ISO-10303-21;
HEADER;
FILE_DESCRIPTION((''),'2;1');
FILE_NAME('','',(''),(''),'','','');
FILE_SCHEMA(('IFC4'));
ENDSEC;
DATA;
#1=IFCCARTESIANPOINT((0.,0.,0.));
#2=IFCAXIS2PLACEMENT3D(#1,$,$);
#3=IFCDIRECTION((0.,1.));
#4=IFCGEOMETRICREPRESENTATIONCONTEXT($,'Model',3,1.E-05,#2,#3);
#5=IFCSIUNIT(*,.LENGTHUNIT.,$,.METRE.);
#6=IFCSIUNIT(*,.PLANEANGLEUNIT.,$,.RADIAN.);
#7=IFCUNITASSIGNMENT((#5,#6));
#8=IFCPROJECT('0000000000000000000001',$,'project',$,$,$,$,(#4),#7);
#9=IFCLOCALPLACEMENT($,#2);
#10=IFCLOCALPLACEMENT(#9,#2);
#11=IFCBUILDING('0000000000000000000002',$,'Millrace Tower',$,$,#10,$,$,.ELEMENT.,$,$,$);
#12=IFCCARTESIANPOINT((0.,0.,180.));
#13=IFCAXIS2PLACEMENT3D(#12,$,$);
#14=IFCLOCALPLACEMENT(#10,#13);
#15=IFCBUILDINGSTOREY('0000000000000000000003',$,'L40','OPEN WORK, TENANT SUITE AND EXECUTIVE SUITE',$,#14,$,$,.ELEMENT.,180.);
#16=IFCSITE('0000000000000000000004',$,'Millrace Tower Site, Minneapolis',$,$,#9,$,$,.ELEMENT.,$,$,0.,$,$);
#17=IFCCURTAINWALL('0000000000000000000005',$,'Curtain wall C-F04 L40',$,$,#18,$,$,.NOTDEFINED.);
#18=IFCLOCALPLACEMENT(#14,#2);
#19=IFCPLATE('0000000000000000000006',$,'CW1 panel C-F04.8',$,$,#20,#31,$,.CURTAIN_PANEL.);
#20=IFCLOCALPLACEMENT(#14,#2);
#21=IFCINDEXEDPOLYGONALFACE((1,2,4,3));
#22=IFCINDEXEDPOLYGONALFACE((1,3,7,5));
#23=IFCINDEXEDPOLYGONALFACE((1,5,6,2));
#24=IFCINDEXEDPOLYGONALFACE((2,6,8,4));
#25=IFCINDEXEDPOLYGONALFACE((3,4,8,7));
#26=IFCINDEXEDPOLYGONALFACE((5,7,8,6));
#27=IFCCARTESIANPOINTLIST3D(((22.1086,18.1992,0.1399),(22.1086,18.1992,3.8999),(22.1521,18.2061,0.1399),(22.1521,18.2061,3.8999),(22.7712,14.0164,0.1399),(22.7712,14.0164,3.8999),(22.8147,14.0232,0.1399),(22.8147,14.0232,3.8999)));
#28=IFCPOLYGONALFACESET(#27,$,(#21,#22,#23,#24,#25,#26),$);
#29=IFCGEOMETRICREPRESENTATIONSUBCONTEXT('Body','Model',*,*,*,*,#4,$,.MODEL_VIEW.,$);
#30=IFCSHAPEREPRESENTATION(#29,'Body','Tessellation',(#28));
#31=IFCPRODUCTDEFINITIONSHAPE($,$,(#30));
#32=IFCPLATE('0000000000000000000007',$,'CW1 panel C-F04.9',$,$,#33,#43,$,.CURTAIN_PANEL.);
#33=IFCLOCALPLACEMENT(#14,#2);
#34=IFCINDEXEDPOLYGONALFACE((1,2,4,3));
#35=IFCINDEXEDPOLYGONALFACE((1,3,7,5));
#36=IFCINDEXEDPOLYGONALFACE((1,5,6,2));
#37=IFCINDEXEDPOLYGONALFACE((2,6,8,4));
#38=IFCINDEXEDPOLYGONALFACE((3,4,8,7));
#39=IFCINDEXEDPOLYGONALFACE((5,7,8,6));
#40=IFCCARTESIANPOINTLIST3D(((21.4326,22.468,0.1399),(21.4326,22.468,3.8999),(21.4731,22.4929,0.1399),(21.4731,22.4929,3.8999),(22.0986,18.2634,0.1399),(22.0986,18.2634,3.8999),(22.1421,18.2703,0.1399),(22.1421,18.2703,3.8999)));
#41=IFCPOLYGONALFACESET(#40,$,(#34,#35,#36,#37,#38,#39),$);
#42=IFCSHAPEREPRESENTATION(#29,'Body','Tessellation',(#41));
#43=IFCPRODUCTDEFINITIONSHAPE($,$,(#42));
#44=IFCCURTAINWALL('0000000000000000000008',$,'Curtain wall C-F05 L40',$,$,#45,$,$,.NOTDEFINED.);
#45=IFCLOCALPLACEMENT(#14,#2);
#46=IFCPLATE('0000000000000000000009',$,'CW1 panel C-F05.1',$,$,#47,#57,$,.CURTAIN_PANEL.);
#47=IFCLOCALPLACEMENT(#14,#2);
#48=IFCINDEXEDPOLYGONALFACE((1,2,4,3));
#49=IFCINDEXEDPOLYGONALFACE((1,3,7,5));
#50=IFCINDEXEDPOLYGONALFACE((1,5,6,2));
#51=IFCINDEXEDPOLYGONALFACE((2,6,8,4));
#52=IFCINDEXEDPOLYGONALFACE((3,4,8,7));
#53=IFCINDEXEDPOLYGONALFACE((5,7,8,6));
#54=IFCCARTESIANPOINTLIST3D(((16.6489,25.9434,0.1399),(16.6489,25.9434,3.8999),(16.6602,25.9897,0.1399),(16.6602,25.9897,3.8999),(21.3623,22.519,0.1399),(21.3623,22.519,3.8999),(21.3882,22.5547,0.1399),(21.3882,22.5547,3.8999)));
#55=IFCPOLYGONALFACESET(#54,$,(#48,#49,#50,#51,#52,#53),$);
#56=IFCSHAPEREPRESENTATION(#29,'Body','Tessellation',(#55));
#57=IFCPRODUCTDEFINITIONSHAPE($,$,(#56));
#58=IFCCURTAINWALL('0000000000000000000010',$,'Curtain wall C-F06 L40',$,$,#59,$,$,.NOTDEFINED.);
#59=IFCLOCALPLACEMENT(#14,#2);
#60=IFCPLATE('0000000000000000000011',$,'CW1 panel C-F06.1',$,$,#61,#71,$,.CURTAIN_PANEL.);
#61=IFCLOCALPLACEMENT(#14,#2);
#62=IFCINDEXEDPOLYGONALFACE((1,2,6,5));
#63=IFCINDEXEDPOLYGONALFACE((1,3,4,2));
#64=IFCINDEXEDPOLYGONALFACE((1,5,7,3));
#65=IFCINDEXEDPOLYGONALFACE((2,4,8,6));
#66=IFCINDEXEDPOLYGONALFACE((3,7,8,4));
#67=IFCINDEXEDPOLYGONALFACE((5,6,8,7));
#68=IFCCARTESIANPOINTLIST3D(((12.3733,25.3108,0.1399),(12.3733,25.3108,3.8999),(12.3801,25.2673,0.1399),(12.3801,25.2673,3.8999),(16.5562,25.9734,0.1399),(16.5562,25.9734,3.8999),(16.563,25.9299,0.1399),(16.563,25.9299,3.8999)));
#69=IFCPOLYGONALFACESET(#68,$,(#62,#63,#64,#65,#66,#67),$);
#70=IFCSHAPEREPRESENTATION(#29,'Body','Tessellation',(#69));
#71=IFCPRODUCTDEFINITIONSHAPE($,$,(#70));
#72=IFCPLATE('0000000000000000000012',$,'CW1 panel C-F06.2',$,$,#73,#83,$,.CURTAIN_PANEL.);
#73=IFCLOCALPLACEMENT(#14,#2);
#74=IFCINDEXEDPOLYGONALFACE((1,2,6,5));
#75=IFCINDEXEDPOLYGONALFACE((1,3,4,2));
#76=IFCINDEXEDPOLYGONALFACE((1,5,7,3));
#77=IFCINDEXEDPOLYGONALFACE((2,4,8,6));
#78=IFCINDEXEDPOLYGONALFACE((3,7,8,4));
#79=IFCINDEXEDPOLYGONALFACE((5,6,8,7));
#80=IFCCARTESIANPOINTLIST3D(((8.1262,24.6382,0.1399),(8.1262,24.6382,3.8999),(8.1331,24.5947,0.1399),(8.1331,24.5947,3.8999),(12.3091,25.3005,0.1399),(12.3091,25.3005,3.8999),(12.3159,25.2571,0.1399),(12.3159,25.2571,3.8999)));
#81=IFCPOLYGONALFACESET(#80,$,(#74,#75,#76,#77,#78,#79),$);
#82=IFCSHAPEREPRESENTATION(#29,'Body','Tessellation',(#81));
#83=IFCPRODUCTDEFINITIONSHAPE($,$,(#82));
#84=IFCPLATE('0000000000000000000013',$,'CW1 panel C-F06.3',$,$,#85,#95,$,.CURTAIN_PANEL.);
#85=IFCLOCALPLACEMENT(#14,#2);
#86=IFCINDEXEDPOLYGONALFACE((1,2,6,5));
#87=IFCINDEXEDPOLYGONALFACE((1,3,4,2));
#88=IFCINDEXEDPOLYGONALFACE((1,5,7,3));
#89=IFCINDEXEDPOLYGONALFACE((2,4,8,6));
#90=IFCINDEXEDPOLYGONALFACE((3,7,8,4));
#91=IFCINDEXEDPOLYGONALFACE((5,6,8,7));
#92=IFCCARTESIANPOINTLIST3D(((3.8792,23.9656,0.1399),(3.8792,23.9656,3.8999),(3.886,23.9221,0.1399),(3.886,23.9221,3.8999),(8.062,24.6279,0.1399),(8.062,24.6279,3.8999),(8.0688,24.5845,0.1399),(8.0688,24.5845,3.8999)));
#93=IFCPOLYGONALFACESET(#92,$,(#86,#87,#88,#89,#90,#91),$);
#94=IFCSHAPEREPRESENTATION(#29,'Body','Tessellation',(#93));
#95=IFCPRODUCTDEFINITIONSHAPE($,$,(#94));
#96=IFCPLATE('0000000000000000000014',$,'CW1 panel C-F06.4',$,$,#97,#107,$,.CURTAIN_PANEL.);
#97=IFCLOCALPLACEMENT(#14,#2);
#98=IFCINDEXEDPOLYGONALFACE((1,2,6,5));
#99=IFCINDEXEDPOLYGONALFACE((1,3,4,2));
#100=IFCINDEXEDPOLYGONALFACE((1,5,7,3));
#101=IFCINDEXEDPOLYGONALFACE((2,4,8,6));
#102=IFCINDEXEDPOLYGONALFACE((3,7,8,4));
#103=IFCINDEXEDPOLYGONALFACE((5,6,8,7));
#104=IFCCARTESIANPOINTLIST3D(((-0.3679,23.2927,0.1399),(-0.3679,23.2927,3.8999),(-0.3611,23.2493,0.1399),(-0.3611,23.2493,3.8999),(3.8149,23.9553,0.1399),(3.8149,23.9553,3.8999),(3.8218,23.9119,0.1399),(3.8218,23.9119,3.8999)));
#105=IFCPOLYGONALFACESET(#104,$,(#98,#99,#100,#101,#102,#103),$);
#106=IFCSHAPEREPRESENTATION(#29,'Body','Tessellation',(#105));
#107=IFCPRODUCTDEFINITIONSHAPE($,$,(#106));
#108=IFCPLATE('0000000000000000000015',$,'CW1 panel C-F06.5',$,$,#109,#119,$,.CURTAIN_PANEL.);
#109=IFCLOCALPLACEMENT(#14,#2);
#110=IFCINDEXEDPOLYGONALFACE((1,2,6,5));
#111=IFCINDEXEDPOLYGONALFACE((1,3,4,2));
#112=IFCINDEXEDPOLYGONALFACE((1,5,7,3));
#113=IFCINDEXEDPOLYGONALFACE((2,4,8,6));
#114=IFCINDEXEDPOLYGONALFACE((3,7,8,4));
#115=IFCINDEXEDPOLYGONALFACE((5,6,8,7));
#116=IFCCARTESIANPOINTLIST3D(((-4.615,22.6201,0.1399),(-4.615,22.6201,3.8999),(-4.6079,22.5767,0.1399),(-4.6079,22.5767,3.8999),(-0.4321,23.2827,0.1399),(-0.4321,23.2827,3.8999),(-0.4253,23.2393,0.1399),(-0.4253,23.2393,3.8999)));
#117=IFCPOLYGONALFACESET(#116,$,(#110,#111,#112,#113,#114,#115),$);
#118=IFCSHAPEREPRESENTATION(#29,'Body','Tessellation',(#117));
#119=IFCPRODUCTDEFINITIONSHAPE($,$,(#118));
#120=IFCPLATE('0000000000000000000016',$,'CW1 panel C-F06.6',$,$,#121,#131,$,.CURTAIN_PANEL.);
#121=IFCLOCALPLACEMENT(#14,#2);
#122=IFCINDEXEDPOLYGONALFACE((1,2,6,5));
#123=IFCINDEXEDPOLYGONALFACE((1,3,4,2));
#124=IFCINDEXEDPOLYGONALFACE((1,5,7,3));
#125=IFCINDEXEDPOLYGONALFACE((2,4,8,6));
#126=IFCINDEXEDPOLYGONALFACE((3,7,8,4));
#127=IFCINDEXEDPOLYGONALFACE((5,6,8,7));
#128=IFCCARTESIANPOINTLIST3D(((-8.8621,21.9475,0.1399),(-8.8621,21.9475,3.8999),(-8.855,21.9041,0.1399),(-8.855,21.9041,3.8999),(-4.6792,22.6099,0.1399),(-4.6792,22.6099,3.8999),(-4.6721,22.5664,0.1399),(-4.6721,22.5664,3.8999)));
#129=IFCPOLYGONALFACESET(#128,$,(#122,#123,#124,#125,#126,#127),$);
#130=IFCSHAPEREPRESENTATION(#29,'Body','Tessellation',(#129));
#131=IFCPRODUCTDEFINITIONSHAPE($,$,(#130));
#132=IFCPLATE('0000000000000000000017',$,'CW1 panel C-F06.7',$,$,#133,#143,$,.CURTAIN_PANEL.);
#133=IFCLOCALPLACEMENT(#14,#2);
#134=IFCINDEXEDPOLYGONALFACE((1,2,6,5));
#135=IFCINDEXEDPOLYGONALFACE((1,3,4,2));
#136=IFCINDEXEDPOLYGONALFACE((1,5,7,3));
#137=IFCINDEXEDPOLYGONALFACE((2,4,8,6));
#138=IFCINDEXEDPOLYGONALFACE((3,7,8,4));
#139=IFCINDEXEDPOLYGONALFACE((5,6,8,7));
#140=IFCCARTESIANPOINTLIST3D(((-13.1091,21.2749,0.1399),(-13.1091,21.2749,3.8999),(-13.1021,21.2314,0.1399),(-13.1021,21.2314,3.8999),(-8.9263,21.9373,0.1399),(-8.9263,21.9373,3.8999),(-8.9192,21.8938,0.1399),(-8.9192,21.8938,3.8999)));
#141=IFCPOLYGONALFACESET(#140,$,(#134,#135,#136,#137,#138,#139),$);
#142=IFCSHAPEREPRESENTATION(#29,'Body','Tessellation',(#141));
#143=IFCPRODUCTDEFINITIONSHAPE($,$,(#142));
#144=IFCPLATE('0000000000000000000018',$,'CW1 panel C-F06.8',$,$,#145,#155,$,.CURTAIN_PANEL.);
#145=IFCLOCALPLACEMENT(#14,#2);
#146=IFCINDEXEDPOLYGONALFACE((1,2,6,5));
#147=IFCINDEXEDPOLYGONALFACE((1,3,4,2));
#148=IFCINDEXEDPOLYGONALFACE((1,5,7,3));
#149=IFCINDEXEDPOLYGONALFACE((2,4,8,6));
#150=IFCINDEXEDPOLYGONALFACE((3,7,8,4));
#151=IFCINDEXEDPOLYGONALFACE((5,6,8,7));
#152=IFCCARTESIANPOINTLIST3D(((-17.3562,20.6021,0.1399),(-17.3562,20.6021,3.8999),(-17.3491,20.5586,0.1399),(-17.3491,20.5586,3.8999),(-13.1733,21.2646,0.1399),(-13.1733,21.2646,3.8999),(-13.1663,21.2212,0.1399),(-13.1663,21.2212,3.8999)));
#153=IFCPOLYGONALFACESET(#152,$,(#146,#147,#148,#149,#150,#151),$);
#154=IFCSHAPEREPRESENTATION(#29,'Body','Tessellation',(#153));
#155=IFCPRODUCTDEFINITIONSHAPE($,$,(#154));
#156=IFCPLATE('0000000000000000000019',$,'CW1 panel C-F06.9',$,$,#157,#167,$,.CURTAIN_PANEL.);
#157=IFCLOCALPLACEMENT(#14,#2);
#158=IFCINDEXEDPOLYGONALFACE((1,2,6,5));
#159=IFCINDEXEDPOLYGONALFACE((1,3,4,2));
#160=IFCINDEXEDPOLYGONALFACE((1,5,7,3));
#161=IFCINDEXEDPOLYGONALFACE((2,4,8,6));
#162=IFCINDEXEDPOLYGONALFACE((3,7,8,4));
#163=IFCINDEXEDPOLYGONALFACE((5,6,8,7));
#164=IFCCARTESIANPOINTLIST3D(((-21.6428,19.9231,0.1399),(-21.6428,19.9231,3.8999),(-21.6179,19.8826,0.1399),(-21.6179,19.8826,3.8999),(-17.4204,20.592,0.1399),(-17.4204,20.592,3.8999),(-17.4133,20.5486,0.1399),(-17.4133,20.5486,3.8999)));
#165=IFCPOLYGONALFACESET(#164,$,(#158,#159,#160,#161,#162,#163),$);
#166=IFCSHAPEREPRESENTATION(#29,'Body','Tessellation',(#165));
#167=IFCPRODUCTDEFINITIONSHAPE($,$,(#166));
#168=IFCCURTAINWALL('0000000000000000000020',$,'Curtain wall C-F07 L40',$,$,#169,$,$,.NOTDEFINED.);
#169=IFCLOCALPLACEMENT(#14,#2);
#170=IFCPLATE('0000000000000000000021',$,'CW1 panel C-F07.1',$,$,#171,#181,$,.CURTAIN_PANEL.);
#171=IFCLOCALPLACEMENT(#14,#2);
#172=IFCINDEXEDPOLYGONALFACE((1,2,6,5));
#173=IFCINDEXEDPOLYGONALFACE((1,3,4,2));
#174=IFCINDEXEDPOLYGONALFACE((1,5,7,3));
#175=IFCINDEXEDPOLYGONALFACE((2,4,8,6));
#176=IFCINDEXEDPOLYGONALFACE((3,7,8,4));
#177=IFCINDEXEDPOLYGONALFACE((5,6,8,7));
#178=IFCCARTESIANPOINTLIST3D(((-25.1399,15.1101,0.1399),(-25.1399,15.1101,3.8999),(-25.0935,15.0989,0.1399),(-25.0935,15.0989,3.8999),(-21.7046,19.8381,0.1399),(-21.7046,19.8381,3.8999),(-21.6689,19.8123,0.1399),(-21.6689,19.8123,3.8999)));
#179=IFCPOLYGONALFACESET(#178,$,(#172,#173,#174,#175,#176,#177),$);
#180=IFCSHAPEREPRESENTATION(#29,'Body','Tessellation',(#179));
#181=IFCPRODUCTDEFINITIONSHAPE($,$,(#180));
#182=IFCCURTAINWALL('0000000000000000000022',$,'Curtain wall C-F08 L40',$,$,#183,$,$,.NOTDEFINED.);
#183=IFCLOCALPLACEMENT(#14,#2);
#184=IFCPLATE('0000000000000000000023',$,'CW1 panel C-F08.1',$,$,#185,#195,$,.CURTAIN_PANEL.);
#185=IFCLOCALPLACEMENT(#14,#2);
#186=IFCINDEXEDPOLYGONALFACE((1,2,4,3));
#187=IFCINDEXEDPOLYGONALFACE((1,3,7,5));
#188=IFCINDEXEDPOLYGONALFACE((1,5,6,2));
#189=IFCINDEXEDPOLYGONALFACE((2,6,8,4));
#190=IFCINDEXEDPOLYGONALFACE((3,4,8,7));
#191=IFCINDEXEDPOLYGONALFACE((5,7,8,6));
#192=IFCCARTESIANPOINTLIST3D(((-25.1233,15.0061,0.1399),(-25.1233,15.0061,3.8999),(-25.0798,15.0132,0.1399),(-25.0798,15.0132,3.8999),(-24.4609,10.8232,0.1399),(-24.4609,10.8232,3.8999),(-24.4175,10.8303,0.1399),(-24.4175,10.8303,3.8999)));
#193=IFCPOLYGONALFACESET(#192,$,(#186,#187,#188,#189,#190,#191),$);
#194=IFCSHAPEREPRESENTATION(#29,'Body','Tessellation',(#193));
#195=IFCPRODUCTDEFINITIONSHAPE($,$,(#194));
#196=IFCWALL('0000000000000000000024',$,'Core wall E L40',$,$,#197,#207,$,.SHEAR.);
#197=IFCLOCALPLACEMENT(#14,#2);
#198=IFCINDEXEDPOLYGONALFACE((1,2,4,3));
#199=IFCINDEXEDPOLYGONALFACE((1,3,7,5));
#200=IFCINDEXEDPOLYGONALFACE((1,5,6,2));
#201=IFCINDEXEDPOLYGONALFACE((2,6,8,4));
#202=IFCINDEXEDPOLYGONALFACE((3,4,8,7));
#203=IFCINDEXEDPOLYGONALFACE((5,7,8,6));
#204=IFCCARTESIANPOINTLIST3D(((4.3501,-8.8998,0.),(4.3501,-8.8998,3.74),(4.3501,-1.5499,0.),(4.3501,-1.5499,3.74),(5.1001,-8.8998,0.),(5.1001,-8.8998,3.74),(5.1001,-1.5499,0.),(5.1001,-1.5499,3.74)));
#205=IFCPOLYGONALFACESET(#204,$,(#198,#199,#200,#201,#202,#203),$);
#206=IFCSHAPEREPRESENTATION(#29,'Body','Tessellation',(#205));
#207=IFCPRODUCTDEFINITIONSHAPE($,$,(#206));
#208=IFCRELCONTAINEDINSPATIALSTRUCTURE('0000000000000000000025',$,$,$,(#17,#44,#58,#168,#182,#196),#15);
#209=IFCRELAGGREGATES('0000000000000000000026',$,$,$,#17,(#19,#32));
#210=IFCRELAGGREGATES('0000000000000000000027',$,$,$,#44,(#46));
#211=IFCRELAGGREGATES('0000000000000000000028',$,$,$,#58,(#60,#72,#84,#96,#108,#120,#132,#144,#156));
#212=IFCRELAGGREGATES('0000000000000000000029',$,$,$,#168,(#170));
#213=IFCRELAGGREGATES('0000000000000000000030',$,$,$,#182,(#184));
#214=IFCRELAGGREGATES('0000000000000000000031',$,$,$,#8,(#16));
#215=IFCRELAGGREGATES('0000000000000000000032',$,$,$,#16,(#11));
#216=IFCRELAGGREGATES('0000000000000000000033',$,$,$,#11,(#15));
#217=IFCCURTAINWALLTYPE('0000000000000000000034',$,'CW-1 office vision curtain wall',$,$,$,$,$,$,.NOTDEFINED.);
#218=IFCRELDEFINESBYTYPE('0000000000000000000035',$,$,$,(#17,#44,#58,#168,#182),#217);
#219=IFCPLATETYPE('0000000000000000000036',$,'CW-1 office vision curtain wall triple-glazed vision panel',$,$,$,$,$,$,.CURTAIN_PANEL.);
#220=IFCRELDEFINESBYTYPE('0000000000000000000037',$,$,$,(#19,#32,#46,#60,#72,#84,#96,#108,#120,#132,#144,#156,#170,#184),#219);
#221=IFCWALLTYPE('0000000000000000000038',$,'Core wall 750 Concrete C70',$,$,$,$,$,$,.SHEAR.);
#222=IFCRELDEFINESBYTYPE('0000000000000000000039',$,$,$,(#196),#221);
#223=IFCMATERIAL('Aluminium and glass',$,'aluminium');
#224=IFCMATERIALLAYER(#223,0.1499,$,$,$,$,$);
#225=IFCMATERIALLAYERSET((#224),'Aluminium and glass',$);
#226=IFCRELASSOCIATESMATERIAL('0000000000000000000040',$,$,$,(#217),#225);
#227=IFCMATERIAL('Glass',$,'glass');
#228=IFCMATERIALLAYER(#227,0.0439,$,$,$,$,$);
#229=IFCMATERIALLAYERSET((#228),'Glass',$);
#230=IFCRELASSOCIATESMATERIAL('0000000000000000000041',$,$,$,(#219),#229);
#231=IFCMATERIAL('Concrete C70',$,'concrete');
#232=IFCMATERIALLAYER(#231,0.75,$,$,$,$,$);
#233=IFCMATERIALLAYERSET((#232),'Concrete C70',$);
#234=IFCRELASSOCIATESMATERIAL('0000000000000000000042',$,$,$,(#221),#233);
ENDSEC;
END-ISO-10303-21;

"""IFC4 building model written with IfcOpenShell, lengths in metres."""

from ifc_helpers import new_model, si_unit, direction, frame, frame_2d, origin, place, context, subcontext, project, spatial, polyline, rectangle, outline, extrude, material, layer, layer_set, type_object, element, aggregate, save


model = new_model("IFC4")

# Units and contexts
model_context = context("Model", 3, precision=1e-05, world=origin(), true_north=direction((0.0, 1.0)))
body_context = subcontext(model_context, "Body", "Model", "MODEL_VIEW")
ifc_project = project(units=[si_unit("LENGTHUNIT", "METRE"), si_unit("PLANEANGLEUNIT", "RADIAN")], contexts=[model_context])

# Site, building, storey
site_placement = place(None, origin())
site = spatial("IfcSite", under=ifc_project, at=site_placement, Name="Millrace Tower Site, Minneapolis", CompositionType="ELEMENT", RefElevation=0.0)
building_placement = place(site_placement, origin())
building = spatial("IfcBuilding", under=site, at=building_placement, Name="Millrace Tower", CompositionType="ELEMENT")
storey_placement = place(building_placement, frame((0.0, 0.0, 180.0)))
storey = spatial("IfcBuildingStorey", under=building, at=storey_placement, Name="L40", Description="OPEN WORK, TENANT SUITE AND EXECUTIVE SUITE", CompositionType="ELEMENT", Elevation=180.0)

# Curtain wall, plates
ifc_material_1 = material(Name="Aluminium and glass", Category="aluminium")
ifc_layer_1 = layer(ifc_material_1, 0.1499)
ifc_layer_set_1 = layer_set([ifc_layer_1], Name="Aluminium and glass")
curtain_wall_type = type_object("IfcCurtainWallType", Name="CW-1 office vision curtain wall", PredefinedType="NOTDEFINED", material=ifc_layer_set_1)
placement_1 = place(storey_placement, origin())
curtain_wall_1 = element("IfcCurtainWall", 1, at=placement_1, inside=storey, type_object=curtain_wall_type, Name="Curtain wall C-F04 L40", PredefinedType="NOTDEFINED")
ifc_material_2 = material(Name="Glass", Category="glass")
ifc_layer_2 = layer(ifc_material_2, 0.0439)
ifc_layer_set_2 = layer_set([ifc_layer_2], Name="Glass")
plate_type = type_object("IfcPlateType", Name="CW-1 office vision curtain wall triple-glazed vision panel", PredefinedType="CURTAIN_PANEL", material=ifc_layer_set_2)
placement_2 = place(storey_placement, frame((0.0, 0.0, 0.1399)))
plate_1 = element("IfcPlate", 2, at=placement_2, type_object=plate_type, Name="CW1 panel C-F04.8", PredefinedType="CURTAIN_PANEL", context=body_context, shape_type="SweptSolid", body=[
    extrude(outline(polyline([(22.8147, 14.0232), (22.1521, 18.2061), (22.1086, 18.1992), (22.7712, 14.0164), (22.8147, 14.0232)])), origin(), (0.0, 0.0, 1.0), 3.76),
])
plate_2 = element("IfcPlate", 3, at=placement_2, type_object=plate_type, Name="CW1 panel C-F04.9", PredefinedType="CURTAIN_PANEL", context=body_context, shape_type="SweptSolid", body=[
    extrude(outline(polyline([(22.1421, 18.2703), (21.4731, 22.4929), (21.4326, 22.468), (22.0986, 18.2634), (22.1421, 18.2703)])), origin(), (0.0, 0.0, 1.0), 3.76),
])
aggregate(curtain_wall_1, [plate_1, plate_2])

# Curtain wall, plate
curtain_wall_2 = element("IfcCurtainWall", 4, at=placement_1, inside=storey, type_object=curtain_wall_type, Name="Curtain wall C-F05 L40", PredefinedType="NOTDEFINED")
plate_3 = element("IfcPlate", 5, at=placement_2, type_object=plate_type, Name="CW1 panel C-F05.1", PredefinedType="CURTAIN_PANEL", context=body_context, shape_type="SweptSolid", body=[
    extrude(outline(polyline([(21.3882, 22.5547), (16.6602, 25.9897), (16.6489, 25.9434), (21.3623, 22.519), (21.3882, 22.5547)])), origin(), (0.0, 0.0, 1.0), 3.76),
])
aggregate(curtain_wall_2, [plate_3])

# Curtain wall, plates
curtain_wall_3 = element("IfcCurtainWall", 6, at=placement_1, inside=storey, type_object=curtain_wall_type, Name="Curtain wall C-F06 L40", PredefinedType="NOTDEFINED")
plate_4 = element("IfcPlate", 7, at=placement_2, type_object=plate_type, Name="CW1 panel C-F06.1", PredefinedType="CURTAIN_PANEL", context=body_context, shape_type="SweptSolid", body=[
    extrude(outline(polyline([(16.5562, 25.9734), (12.3733, 25.3108), (12.3801, 25.2673), (16.563, 25.9299), (16.5562, 25.9734)])), origin(), (0.0, 0.0, 1.0), 3.76),
])
plate_5 = element("IfcPlate", 8, at=placement_2, type_object=plate_type, Name="CW1 panel C-F06.2", PredefinedType="CURTAIN_PANEL", context=body_context, shape_type="SweptSolid", body=[
    extrude(outline(polyline([(12.3091, 25.3005), (8.1262, 24.6382), (8.1331, 24.5947), (12.3159, 25.2571), (12.3091, 25.3005)])), origin(), (0.0, 0.0, 1.0), 3.76),
])
plate_6 = element("IfcPlate", 9, at=placement_2, type_object=plate_type, Name="CW1 panel C-F06.3", PredefinedType="CURTAIN_PANEL", context=body_context, shape_type="SweptSolid", body=[
    extrude(outline(polyline([(8.062, 24.6279), (3.8792, 23.9656), (3.886, 23.9221), (8.0688, 24.5845), (8.062, 24.6279)])), origin(), (0.0, 0.0, 1.0), 3.76),
])
plate_7 = element("IfcPlate", 10, at=placement_2, type_object=plate_type, Name="CW1 panel C-F06.4", PredefinedType="CURTAIN_PANEL", context=body_context, shape_type="SweptSolid", body=[
    extrude(outline(polyline([(3.8149, 23.9553), (-0.3679, 23.2927), (-0.3611, 23.2493), (3.8218, 23.9119), (3.8149, 23.9553)])), origin(), (0.0, 0.0, 1.0), 3.76),
])
plate_8 = element("IfcPlate", 11, at=placement_2, type_object=plate_type, Name="CW1 panel C-F06.5", PredefinedType="CURTAIN_PANEL", context=body_context, shape_type="SweptSolid", body=[
    extrude(outline(polyline([(-0.4321, 23.2827), (-4.615, 22.6201), (-4.6079, 22.5767), (-0.4253, 23.2393), (-0.4321, 23.2827)])), origin(), (0.0, 0.0, 1.0), 3.76),
])
plate_9 = element("IfcPlate", 12, at=placement_2, type_object=plate_type, Name="CW1 panel C-F06.6", PredefinedType="CURTAIN_PANEL", context=body_context, shape_type="SweptSolid", body=[
    extrude(outline(polyline([(-4.6792, 22.6099), (-8.8621, 21.9475), (-8.855, 21.9041), (-4.6721, 22.5664), (-4.6792, 22.6099)])), origin(), (0.0, 0.0, 1.0), 3.76),
])
plate_10 = element("IfcPlate", 13, at=placement_2, type_object=plate_type, Name="CW1 panel C-F06.7", PredefinedType="CURTAIN_PANEL", context=body_context, shape_type="SweptSolid", body=[
    extrude(outline(polyline([(-8.9263, 21.9373), (-13.1091, 21.2749), (-13.1021, 21.2314), (-8.9192, 21.8938), (-8.9263, 21.9373)])), origin(), (0.0, 0.0, 1.0), 3.76),
])
plate_11 = element("IfcPlate", 14, at=placement_2, type_object=plate_type, Name="CW1 panel C-F06.8", PredefinedType="CURTAIN_PANEL", context=body_context, shape_type="SweptSolid", body=[
    extrude(outline(polyline([(-13.1733, 21.2646), (-17.3562, 20.6021), (-17.3491, 20.5586), (-13.1663, 21.2212), (-13.1733, 21.2646)])), origin(), (0.0, 0.0, 1.0), 3.76),
])
plate_12 = element("IfcPlate", 15, at=placement_2, type_object=plate_type, Name="CW1 panel C-F06.9", PredefinedType="CURTAIN_PANEL", context=body_context, shape_type="SweptSolid", body=[
    extrude(outline(polyline([(-17.4204, 20.592), (-21.6428, 19.9231), (-21.6179, 19.8826), (-17.4133, 20.5486), (-17.4204, 20.592)])), origin(), (0.0, 0.0, 1.0), 3.76),
])
aggregate(curtain_wall_3, [plate_4, plate_5, plate_6, plate_7, plate_8, plate_9, plate_10, plate_11, plate_12])

# Curtain walls, plates
curtain_wall_4 = element("IfcCurtainWall", 16, at=placement_1, inside=storey, type_object=curtain_wall_type, Name="Curtain wall C-F07 L40", PredefinedType="NOTDEFINED")
plate_13 = element("IfcPlate", 17, at=placement_2, type_object=plate_type, Name="CW1 panel C-F07.1", PredefinedType="CURTAIN_PANEL", context=body_context, shape_type="SweptSolid", body=[
    extrude(outline(polyline([(-21.7046, 19.8381), (-25.1399, 15.1101), (-25.0935, 15.0989), (-21.6689, 19.8123), (-21.7046, 19.8381)])), origin(), (0.0, 0.0, 1.0), 3.76),
])
aggregate(curtain_wall_4, [plate_13])
curtain_wall_5 = element("IfcCurtainWall", 18, at=placement_1, inside=storey, type_object=curtain_wall_type, Name="Curtain wall C-F08 L40", PredefinedType="NOTDEFINED")
plate_14 = element("IfcPlate", 19, at=placement_2, type_object=plate_type, Name="CW1 panel C-F08.1", PredefinedType="CURTAIN_PANEL", context=body_context, shape_type="SweptSolid", body=[
    extrude(outline(polyline([(-25.1233, 15.0061), (-24.4609, 10.8232), (-24.4175, 10.8303), (-25.0798, 15.0132), (-25.1233, 15.0061)])), origin(), (0.0, 0.0, 1.0), 3.76),
])
aggregate(curtain_wall_5, [plate_14])

# Wall
ifc_material_3 = material(Name="Concrete C70", Category="concrete")
ifc_layer_3 = layer(ifc_material_3, 0.75)
ifc_layer_set_3 = layer_set([ifc_layer_3], Name="Concrete C70")
wall_type_1 = type_object("IfcWallType", Name="Core wall 750 Concrete C70", PredefinedType="SHEAR", material=ifc_layer_set_3)
wall_1_placement = place(storey_placement, frame((4.7251, -1.55, 0.0), z_axis=(0.0, 0.0, 1.0), x_axis=(0.0, -1.0, 0.0)))
element("IfcWall", 20, at=wall_1_placement, inside=storey, type_object=wall_type_1, Name="Core wall E L40", PredefinedType="SHEAR", context=body_context, shape_type="SweptSolid", body=[
    extrude(rectangle(XDim=7.3499, YDim=0.75, at=frame_2d((3.6748, 0.0))), origin(), (0.0, 0.0, 1.0), 3.74),
])

save(model, "model.ifc")
